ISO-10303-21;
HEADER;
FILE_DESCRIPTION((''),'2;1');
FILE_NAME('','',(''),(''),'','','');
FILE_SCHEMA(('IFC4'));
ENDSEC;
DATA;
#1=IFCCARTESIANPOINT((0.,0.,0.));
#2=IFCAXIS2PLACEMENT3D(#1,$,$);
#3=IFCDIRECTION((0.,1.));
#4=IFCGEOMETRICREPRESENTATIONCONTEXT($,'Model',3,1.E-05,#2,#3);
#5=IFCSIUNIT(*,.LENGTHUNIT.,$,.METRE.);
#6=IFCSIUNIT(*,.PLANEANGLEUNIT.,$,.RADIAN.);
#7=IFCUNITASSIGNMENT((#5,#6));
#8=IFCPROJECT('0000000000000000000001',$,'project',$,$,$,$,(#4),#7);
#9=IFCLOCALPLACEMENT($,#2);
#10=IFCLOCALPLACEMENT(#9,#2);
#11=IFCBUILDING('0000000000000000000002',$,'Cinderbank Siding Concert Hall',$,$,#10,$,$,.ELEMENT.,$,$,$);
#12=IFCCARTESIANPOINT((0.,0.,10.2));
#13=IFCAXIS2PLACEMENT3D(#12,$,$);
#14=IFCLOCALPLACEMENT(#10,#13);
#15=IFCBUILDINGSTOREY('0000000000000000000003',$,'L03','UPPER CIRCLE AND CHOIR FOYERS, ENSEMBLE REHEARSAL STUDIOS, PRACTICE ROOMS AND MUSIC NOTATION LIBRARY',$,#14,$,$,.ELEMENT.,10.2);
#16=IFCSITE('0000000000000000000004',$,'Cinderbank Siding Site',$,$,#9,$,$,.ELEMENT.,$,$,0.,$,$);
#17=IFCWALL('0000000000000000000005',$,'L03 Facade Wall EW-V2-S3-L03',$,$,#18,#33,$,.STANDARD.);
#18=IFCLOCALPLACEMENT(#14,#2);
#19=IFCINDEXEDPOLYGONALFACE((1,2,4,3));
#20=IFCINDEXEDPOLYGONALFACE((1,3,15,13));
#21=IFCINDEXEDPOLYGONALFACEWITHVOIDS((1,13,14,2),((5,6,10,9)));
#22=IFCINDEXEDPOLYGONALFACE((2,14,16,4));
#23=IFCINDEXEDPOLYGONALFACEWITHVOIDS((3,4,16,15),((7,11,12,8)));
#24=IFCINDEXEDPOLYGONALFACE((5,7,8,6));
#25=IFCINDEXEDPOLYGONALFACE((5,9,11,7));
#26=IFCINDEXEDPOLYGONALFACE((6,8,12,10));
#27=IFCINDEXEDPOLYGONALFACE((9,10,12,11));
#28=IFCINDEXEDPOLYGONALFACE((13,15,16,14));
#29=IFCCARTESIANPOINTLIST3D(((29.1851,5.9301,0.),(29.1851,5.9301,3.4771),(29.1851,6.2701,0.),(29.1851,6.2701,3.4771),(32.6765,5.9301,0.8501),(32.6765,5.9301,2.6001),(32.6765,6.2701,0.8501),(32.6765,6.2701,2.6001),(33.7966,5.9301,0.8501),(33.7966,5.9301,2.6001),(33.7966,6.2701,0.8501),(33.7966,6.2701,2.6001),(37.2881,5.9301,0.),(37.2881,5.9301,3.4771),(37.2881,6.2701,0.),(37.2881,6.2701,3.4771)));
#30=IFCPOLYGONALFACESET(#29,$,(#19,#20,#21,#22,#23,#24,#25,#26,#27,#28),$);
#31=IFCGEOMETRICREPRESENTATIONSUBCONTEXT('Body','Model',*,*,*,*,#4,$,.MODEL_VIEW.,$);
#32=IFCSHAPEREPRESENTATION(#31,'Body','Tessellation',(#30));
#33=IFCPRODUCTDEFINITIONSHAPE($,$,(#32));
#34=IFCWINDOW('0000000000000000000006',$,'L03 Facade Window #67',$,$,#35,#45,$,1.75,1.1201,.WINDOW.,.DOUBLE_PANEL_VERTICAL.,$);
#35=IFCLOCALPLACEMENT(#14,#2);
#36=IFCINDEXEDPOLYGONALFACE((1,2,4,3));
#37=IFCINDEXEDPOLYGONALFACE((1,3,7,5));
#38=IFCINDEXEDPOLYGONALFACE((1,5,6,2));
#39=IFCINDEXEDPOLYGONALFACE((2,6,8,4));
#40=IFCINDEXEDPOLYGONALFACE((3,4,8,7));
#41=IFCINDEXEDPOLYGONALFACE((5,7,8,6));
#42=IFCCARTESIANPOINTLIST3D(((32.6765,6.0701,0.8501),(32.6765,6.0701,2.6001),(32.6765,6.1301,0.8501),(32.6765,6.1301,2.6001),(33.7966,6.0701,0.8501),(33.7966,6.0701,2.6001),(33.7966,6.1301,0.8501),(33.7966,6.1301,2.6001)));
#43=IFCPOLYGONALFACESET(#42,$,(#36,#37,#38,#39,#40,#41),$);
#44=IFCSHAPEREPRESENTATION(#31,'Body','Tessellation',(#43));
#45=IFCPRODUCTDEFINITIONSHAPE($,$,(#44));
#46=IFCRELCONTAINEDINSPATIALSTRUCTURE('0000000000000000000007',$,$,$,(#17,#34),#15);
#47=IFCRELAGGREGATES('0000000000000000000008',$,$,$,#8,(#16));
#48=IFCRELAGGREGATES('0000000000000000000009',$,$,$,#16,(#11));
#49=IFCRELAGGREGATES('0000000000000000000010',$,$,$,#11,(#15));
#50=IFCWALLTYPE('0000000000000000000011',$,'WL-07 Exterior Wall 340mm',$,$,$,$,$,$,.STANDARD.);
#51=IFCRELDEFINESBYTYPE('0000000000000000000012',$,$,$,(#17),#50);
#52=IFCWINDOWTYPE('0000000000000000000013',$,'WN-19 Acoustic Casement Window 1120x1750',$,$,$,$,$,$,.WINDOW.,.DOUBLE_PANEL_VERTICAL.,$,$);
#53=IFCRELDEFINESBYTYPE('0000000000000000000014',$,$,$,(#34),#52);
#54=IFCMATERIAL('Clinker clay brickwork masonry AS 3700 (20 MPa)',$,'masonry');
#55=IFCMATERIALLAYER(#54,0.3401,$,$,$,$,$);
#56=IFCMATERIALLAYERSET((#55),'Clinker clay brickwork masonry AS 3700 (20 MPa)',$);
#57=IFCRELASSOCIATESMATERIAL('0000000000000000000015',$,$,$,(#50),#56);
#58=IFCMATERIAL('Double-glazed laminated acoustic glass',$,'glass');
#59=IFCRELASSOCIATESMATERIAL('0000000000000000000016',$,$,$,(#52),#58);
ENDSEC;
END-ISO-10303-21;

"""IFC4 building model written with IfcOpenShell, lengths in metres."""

from ifc_helpers import new_model, si_unit, direction, frame, frame_2d, origin, place, context, subcontext, project, spatial, rectangle, extrude, material, layer, layer_set, type_object, element, fill, save


model = new_model("IFC4")

# Units and contexts
model_context = context("Model", 3, precision=1e-05, world=origin(), true_north=direction((0.0, 1.0)))
body_context = subcontext(model_context, "Body", "Model", "MODEL_VIEW")
ifc_project = project(units=[si_unit("LENGTHUNIT", "METRE"), si_unit("PLANEANGLEUNIT", "RADIAN")], contexts=[model_context])

# Site, building, storey
site_placement = place(None, origin())
site = spatial("IfcSite", under=ifc_project, at=site_placement, Name="Cinderbank Siding Site", CompositionType="ELEMENT", RefElevation=0.0)
building_placement = place(site_placement, origin())
building = spatial("IfcBuilding", under=site, at=building_placement, Name="Cinderbank Siding Concert Hall", CompositionType="ELEMENT")
storey_placement = place(building_placement, frame((0.0, 0.0, 10.2)))
storey = spatial("IfcBuildingStorey", under=building, at=storey_placement, Name="L03", Description="UPPER CIRCLE AND CHOIR FOYERS, ENSEMBLE REHEARSAL STUDIOS, PRACTICE ROOMS AND MUSIC NOTATION LIBRARY", CompositionType="ELEMENT", Elevation=10.2)

# Wall, opening, window
ifc_material_1 = material(Name="Clinker clay brickwork masonry AS 3700 (20 MPa)", Category="masonry")
ifc_layer_1 = layer(ifc_material_1, 0.3401)
ifc_layer_set_1 = layer_set([ifc_layer_1], Name="Clinker clay brickwork masonry AS 3700 (20 MPa)")
wall_type = type_object("IfcWallType", Name="WL-07 Exterior Wall 340mm", PredefinedType="STANDARD", material=ifc_layer_set_1)
wall_placement = place(storey_placement, frame((37.2881, 6.1001, 0.0), z_axis=(0.0, 0.0, 1.0), x_axis=(-1.0, 0.0, 0.0)))
wall = element("IfcWall", 1, at=wall_placement, inside=storey, type_object=wall_type, Name="L03 Facade Wall EW-V2-S3-L03", PredefinedType="STANDARD", context=body_context, shape_type="SweptSolid", body=[
    extrude(rectangle(XDim=8.103, YDim=0.3401, at=frame_2d((4.0515, 0.0))), origin(), (0.0, 0.0, 1.0), 3.4771),
])
opening_placement = place(wall_placement, frame((3.4915, 0.0, 0.8501)))
opening = element("IfcOpeningElement", 2, at=opening_placement, cuts=wall, PredefinedType="OPENING", context=body_context, shape_type="SweptSolid", body=[
    extrude(rectangle(XDim=1.1201, YDim=1.75, at=frame_2d((0.5601, 0.875))), frame((0.0, 0.1821, 0.0), z_axis=(0.0, -1.0, 0.0), x_axis=(1.0, 0.0, 0.0)), (0.0, 0.0, 1.0), 0.364),
])
ifc_material_2 = material(Name="Double-glazed laminated acoustic glass", Category="glass")
window_type = type_object("IfcWindowType", Name="WN-19 Acoustic Casement Window 1120x1750", PartitioningType="DOUBLE_PANEL_VERTICAL", PredefinedType="WINDOW", material=ifc_material_2)
window_placement = place(opening_placement, origin())
window = element("IfcWindow", 3, at=window_placement, inside=storey, type_object=window_type, Name="L03 Facade Window #67", OverallHeight=1.75, OverallWidth=1.1201, PartitioningType="DOUBLE_PANEL_VERTICAL", PredefinedType="WINDOW", context=body_context, shape_type="SweptSolid", body=[
    extrude(rectangle(XDim=1.1201, YDim=1.75, at=frame_2d((0.5601, 0.875))), frame((0.0, 0.03, 0.0), z_axis=(0.0, -1.0, 0.0), x_axis=(1.0, 0.0, 0.0)), (0.0, 0.0, 1.0), 0.0601),
])
fill(opening, window)

save(model, "model.ifc")
